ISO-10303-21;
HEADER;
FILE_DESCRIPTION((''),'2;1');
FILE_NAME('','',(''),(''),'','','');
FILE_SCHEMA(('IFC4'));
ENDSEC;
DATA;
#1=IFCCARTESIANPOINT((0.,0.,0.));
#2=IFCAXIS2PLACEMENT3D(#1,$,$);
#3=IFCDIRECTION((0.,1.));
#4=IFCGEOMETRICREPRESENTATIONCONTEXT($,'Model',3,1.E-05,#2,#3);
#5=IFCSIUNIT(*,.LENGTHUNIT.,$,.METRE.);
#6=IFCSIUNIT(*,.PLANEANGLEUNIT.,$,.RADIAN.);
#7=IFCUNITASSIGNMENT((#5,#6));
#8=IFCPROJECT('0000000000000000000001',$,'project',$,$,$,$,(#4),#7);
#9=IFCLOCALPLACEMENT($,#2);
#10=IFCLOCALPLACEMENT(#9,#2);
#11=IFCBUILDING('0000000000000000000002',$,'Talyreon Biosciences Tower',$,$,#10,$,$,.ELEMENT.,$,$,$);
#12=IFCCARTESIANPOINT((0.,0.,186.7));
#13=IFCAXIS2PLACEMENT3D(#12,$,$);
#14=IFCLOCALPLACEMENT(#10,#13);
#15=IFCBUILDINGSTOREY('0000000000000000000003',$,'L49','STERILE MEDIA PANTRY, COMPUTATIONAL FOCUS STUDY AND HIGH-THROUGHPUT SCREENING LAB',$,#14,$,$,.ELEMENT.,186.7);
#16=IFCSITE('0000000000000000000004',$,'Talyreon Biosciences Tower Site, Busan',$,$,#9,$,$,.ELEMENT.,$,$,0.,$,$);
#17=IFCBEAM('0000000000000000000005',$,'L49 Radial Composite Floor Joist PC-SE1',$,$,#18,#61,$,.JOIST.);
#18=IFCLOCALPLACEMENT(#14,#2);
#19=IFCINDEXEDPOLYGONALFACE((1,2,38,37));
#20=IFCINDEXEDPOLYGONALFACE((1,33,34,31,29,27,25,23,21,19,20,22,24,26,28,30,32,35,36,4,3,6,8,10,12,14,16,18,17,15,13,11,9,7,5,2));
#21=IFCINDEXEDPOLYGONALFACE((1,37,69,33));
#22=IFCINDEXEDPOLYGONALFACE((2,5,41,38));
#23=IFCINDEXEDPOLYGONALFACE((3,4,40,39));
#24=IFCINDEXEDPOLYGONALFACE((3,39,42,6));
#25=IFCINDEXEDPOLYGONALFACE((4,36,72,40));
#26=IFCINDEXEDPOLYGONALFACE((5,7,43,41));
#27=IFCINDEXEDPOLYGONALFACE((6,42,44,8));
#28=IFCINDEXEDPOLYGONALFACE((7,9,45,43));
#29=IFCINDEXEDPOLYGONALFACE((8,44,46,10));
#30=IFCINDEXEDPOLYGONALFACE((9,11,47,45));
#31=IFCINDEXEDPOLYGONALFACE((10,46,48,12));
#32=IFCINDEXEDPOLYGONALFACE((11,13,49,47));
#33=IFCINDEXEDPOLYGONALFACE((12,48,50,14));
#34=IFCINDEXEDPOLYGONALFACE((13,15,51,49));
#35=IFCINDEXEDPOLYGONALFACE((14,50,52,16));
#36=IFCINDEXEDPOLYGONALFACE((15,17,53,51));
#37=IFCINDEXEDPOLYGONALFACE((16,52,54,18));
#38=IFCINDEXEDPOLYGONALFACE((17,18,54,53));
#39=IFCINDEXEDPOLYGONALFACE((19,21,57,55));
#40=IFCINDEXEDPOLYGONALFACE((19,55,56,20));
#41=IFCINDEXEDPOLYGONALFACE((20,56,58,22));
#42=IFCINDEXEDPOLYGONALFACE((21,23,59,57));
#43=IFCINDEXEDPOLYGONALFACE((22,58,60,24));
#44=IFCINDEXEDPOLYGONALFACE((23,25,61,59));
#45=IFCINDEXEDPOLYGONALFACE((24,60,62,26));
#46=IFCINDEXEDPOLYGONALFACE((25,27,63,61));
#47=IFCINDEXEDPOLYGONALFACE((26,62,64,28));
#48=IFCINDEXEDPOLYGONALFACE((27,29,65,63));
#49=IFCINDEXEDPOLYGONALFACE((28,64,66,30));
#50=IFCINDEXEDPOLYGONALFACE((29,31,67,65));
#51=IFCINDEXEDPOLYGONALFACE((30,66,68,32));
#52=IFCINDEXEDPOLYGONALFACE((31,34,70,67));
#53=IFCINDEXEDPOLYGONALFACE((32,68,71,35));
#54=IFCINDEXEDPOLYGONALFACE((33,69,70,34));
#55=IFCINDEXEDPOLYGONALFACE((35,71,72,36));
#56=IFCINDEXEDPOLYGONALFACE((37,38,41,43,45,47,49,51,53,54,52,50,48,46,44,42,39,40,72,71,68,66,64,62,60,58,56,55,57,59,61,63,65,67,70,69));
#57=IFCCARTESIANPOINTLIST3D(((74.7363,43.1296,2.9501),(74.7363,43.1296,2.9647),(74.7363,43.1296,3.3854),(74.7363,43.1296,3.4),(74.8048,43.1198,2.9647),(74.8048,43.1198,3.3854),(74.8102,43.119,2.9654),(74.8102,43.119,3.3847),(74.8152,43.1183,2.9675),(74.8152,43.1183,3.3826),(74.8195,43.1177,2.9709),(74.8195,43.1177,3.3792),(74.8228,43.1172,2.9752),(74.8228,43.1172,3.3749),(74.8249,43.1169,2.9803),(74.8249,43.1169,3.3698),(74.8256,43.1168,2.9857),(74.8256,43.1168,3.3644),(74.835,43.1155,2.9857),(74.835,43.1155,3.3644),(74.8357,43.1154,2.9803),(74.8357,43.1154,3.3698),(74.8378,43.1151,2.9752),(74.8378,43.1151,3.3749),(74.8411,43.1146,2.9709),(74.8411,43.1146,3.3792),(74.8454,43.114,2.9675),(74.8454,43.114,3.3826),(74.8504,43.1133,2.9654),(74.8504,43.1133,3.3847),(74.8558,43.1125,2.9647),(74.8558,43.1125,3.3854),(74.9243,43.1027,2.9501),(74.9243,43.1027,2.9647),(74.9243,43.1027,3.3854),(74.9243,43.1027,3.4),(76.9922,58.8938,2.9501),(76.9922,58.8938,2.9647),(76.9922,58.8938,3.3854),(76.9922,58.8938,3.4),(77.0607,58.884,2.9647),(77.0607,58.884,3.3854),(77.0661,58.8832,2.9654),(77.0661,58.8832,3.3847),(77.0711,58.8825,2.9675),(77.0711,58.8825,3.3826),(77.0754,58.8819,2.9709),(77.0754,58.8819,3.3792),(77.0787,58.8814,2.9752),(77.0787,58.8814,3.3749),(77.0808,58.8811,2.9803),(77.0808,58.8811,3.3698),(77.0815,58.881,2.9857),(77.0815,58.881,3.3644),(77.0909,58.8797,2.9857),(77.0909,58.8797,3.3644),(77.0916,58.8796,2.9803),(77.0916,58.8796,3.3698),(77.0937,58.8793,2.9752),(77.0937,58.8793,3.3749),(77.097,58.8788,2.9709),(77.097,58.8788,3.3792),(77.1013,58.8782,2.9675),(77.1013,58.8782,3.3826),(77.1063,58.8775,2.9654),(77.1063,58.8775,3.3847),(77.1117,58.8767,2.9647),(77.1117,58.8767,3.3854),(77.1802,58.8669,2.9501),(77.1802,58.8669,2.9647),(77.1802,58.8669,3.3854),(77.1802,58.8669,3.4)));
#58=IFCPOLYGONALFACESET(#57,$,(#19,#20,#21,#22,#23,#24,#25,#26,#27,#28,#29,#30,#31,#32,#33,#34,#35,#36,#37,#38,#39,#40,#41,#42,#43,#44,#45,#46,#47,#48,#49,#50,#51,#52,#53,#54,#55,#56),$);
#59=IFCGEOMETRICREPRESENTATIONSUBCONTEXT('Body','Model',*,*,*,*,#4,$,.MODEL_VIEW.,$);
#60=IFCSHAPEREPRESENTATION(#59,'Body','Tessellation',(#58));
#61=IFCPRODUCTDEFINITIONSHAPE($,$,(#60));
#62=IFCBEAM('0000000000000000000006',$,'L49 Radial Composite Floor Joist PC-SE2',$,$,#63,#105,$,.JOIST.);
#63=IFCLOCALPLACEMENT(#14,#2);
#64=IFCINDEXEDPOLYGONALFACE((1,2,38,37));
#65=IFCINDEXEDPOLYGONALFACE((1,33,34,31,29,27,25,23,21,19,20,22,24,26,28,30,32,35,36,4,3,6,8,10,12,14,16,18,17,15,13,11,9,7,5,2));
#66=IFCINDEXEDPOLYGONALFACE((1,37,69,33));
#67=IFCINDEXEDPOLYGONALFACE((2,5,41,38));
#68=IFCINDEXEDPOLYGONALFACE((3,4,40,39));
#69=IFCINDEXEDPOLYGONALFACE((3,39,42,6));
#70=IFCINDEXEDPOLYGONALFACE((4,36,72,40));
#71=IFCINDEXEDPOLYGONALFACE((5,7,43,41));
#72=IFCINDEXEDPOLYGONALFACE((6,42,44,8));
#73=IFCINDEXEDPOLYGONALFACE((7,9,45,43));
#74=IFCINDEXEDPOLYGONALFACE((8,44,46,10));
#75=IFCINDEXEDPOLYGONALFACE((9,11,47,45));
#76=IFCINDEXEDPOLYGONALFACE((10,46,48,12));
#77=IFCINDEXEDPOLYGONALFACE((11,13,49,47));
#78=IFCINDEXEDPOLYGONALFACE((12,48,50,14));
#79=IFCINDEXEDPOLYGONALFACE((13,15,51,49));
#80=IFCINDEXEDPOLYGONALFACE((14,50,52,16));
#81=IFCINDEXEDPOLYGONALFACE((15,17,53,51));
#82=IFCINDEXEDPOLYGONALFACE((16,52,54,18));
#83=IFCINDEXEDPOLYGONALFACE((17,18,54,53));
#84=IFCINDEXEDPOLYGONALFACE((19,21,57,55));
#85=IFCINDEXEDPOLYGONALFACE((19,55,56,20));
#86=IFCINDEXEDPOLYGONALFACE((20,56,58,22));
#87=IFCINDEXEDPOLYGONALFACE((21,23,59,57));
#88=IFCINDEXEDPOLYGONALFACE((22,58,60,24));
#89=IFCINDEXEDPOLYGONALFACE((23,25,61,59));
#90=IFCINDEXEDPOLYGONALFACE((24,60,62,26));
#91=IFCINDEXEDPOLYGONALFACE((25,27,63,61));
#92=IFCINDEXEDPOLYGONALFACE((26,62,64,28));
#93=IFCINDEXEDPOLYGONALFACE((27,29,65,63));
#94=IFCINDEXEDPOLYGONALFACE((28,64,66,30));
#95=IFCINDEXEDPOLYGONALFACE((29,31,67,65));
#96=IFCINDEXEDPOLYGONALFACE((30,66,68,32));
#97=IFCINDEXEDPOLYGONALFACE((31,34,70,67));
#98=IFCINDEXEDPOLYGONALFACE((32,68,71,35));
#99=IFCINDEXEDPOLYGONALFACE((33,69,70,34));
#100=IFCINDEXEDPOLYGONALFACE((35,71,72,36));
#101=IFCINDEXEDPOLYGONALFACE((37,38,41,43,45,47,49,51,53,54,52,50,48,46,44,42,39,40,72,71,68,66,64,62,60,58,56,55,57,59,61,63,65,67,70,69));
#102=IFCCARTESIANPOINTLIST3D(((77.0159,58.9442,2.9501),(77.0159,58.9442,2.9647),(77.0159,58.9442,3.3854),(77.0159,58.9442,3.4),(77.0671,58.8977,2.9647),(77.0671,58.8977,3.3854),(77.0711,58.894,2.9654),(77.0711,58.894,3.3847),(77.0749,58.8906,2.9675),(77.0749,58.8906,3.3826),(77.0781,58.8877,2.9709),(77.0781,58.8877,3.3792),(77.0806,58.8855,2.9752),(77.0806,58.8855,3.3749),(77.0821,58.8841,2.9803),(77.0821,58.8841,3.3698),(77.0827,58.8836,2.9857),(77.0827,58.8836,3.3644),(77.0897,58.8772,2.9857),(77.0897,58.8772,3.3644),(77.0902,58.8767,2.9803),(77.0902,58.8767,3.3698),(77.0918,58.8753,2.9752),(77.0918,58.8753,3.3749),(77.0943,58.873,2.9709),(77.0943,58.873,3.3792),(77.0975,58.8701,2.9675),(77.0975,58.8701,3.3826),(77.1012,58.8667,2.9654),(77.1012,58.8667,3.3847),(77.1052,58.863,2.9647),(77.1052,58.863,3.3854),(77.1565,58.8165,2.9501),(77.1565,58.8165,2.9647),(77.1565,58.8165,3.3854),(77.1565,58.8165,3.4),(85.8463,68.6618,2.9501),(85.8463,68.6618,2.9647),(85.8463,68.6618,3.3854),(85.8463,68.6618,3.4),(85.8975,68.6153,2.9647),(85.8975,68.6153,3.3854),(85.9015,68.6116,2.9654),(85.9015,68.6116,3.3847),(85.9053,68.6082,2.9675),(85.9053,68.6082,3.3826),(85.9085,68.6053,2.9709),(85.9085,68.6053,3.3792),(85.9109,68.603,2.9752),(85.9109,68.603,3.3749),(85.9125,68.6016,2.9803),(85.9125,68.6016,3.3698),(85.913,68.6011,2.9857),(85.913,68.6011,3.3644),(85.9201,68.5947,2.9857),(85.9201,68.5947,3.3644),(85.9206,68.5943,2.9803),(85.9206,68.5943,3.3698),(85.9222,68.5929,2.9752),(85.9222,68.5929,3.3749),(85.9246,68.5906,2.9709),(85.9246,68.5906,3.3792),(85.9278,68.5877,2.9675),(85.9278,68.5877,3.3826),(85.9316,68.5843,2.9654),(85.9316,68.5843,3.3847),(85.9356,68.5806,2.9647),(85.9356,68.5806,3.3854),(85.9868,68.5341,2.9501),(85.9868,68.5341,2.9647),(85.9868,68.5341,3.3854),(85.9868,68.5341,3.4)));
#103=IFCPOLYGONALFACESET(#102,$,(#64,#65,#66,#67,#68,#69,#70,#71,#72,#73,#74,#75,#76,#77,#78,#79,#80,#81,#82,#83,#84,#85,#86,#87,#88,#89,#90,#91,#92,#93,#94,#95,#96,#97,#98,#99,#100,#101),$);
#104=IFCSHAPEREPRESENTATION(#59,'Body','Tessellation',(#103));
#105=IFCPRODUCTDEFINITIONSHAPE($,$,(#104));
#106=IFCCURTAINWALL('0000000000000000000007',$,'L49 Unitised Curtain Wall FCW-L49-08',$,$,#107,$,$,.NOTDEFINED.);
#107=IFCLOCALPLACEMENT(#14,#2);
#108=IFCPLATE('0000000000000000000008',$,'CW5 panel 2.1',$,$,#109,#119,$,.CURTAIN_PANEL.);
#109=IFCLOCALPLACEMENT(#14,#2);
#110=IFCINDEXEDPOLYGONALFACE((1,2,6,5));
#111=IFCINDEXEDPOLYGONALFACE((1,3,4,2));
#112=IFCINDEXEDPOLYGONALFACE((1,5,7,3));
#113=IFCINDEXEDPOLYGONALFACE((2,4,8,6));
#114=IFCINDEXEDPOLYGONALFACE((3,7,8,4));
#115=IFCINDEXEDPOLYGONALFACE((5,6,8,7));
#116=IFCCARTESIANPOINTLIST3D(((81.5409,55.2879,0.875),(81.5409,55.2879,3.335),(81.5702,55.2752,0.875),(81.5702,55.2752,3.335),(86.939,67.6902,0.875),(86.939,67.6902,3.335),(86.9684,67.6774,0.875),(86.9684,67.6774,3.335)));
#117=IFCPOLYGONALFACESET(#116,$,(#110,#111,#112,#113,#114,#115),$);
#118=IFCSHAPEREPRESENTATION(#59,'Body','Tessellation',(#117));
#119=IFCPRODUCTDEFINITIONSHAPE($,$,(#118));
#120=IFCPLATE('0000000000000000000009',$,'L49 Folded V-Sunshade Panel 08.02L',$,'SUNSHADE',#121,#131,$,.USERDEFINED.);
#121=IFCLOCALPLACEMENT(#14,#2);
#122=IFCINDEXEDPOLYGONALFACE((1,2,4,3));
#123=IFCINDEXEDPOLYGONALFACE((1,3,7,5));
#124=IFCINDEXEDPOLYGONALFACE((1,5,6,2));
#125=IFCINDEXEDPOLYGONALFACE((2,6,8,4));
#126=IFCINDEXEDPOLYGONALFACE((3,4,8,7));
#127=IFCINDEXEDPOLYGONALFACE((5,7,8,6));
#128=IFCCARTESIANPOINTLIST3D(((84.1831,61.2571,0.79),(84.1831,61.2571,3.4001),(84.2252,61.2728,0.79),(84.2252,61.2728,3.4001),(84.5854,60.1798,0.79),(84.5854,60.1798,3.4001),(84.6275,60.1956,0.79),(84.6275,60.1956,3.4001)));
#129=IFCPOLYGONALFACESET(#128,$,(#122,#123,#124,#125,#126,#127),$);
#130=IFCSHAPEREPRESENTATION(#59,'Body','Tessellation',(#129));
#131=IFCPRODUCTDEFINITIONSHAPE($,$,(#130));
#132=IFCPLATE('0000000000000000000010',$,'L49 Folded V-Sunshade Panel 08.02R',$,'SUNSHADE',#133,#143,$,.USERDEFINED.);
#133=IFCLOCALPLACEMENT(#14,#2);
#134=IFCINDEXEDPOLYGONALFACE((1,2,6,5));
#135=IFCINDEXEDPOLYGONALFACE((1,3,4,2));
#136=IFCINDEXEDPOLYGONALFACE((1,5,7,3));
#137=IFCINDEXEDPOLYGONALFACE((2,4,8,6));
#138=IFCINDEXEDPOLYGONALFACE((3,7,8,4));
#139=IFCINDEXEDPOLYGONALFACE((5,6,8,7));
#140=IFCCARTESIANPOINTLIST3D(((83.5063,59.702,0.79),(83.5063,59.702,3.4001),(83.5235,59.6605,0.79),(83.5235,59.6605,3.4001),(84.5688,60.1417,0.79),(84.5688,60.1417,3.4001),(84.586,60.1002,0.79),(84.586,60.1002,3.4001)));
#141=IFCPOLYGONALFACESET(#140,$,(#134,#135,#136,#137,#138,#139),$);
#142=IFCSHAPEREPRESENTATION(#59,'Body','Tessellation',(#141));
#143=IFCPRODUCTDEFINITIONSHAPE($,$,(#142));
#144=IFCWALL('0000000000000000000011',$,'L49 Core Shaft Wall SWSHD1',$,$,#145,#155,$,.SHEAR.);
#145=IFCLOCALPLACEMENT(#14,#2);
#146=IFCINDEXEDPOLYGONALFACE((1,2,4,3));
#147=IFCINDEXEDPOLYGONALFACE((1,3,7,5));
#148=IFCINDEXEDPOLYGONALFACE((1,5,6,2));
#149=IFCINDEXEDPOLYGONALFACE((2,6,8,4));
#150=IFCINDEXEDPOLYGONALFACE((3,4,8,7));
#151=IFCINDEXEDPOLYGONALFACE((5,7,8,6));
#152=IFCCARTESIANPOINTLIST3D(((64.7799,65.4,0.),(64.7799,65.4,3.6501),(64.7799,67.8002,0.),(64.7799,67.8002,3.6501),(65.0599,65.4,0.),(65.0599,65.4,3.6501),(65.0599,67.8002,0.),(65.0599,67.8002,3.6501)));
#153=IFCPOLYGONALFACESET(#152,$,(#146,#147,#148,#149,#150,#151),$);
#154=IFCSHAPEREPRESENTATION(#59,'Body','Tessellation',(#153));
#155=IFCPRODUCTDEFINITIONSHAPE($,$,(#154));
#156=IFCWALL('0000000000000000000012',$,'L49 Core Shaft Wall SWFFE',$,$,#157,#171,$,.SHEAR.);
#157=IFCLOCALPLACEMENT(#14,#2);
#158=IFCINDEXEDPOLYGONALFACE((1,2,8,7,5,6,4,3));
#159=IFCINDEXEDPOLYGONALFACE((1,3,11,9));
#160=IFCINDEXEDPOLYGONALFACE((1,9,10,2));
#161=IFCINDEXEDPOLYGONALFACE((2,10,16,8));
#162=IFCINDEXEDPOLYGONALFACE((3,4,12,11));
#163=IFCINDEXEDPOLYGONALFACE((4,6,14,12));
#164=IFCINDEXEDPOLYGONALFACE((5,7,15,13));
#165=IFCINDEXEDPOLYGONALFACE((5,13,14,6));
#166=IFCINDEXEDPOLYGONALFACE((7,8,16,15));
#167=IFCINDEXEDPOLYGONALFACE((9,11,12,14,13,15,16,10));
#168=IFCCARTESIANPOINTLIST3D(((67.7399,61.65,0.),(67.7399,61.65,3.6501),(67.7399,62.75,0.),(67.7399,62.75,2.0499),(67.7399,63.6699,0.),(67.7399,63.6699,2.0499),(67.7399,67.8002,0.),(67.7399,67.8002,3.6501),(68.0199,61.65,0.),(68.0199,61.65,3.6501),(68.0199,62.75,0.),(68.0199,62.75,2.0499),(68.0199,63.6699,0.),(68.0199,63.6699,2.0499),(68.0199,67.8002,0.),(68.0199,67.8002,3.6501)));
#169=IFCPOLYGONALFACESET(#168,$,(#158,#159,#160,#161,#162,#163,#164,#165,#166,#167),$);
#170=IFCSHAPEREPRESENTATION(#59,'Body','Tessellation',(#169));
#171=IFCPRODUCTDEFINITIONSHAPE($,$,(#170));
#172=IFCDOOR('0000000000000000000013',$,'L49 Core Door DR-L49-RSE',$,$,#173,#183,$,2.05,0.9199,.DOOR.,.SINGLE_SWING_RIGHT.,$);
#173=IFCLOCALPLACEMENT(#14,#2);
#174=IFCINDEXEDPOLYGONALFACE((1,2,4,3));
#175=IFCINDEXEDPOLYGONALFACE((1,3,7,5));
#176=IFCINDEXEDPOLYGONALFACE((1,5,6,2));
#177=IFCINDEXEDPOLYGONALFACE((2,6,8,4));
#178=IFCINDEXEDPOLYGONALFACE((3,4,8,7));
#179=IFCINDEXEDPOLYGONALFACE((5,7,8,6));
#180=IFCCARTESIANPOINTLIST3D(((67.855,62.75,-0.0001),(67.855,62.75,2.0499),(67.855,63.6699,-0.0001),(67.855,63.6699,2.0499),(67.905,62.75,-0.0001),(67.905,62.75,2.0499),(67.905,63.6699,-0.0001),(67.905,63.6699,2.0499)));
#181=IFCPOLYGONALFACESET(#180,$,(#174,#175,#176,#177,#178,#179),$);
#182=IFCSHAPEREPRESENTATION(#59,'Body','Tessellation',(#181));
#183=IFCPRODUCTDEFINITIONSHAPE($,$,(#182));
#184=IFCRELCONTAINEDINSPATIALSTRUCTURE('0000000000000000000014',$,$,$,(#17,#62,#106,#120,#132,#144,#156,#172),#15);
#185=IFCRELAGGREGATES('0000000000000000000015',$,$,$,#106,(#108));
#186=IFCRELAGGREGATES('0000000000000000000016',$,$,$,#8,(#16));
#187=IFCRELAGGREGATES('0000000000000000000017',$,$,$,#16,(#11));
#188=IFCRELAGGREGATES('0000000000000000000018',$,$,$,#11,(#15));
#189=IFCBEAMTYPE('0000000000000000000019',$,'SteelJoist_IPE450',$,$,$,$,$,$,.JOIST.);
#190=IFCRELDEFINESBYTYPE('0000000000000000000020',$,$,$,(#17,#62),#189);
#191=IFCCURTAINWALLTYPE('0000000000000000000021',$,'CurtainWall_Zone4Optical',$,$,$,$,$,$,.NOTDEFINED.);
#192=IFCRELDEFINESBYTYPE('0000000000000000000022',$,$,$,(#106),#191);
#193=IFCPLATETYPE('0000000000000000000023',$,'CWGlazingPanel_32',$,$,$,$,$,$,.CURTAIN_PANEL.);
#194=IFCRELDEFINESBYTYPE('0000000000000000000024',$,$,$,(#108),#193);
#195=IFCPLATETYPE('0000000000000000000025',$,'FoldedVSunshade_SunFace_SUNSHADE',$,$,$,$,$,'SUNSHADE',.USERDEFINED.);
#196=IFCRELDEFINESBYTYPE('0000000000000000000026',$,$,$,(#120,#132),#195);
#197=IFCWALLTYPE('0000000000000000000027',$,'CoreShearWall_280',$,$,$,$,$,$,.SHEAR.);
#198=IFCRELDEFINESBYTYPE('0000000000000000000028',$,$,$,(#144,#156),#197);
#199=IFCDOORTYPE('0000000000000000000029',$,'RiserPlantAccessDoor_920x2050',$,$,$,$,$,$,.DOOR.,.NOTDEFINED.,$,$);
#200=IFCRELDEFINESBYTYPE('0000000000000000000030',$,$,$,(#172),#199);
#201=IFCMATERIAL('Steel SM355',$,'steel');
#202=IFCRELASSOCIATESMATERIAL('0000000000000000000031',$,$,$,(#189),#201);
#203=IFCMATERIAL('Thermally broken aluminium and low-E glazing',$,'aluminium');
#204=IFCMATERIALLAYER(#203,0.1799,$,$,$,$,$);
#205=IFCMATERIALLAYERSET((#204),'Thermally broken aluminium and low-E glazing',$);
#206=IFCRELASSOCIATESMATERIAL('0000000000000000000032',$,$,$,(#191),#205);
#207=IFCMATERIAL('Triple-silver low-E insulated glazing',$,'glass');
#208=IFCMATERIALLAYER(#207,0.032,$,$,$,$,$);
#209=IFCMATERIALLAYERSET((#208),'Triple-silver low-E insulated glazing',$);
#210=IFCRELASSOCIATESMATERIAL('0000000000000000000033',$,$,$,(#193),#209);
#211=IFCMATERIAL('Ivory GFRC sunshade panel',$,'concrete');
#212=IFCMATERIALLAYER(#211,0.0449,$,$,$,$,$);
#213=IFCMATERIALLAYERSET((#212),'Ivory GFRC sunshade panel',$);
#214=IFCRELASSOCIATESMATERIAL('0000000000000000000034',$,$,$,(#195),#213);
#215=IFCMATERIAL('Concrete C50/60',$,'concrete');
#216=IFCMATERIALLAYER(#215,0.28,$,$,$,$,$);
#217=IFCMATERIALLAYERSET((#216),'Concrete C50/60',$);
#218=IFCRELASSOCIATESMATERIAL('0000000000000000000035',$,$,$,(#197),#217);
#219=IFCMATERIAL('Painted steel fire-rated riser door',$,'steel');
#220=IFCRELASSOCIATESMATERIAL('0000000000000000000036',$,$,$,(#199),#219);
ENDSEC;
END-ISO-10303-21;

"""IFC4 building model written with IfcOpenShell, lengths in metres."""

from ifc_helpers import new_model, si_unit, direction, frame, frame_2d, origin, origin_2d, place, context, subcontext, project, spatial, rectangle, i_section, extrude, material, layer, layer_set, material_profile, profile_set, type_object, element, fill, aggregate, save


model = new_model("IFC4")

# Units and contexts
model_context = context("Model", 3, precision=1e-05, world=origin(), true_north=direction((0.0, 1.0)))
body_context = subcontext(model_context, "Body", "Model", "MODEL_VIEW")
ifc_project = project(units=[si_unit("LENGTHUNIT", "METRE"), si_unit("PLANEANGLEUNIT", "RADIAN")], contexts=[model_context])

# Site, building, storey
site_placement = place(None, origin())
site = spatial("IfcSite", under=ifc_project, at=site_placement, Name="Talyreon Biosciences Tower Site, Busan", CompositionType="ELEMENT", RefElevation=0.0)
building_placement = place(site_placement, origin())
building = spatial("IfcBuilding", under=site, at=building_placement, Name="Talyreon Biosciences Tower", CompositionType="ELEMENT")
storey_placement = place(building_placement, frame((0.0, 0.0, 186.7)))
storey = spatial("IfcBuildingStorey", under=building, at=storey_placement, Name="L49", Description="STERILE MEDIA PANTRY, COMPUTATIONAL FOCUS STUDY AND HIGH-THROUGHPUT SCREENING LAB", CompositionType="ELEMENT", Elevation=186.7)

# Shared definitions
ifc_material_1 = material(Name="Concrete C50/60", Category="concrete")

# Beams
ifc_material_2 = material(Name="Steel SM355", Category="steel")
ifc_material_profile_1 = material_profile(ifc_material_2, i_section(OverallWidth=0.1899, OverallDepth=0.45, WebThickness=0.0095, FlangeThickness=0.0146, FilletRadius=0.021, at=origin_2d()), Name="IPE450")
ifc_profile_set_1 = profile_set([ifc_material_profile_1], Name="Steel SM355")
beam_type_1 = type_object("IfcBeamType", Name="SteelJoist_IPE450", PredefinedType="JOIST", material=ifc_profile_set_1)
beam_1_placement = place(storey_placement, frame((77.0862, 58.8804, 3.175), z_axis=(-0.141657, -0.989916, 0.0), x_axis=(0.989916, -0.141657, 0.0)))
element("IfcBeam", 1, at=beam_1_placement, inside=storey, type_object=beam_type_1, Name="L49 Radial Composite Floor Joist PC-SE1", PredefinedType="JOIST", context=body_context, shape_type="SweptSolid", body=[
    extrude(i_section(OverallWidth=0.1899, OverallDepth=0.45, WebThickness=0.0095, FlangeThickness=0.0146, FilletRadius=0.021, at=origin_2d()), origin(), (0.0, 0.0, 1.0), 15.9248),
])
beam_2_placement = place(storey_placement, frame((77.0862, 58.8804, 3.175), z_axis=(0.672515, 0.740084, 0.0), x_axis=(-0.740084, 0.672515, 0.0)))
element("IfcBeam", 2, at=beam_2_placement, inside=storey, type_object=beam_type_1, Name="L49 Radial Composite Floor Joist PC-SE2", PredefinedType="JOIST", context=body_context, shape_type="SweptSolid", body=[
    extrude(i_section(OverallWidth=0.1899, OverallDepth=0.45, WebThickness=0.0095, FlangeThickness=0.0146, FilletRadius=0.021, at=origin_2d()), origin(), (0.0, 0.0, 1.0), 13.1304),
])

# Curtain wall, plate
ifc_material_3 = material(Name="Thermally broken aluminium and low-E glazing", Category="aluminium")
ifc_layer_1 = layer(ifc_material_3, 0.1799)
ifc_layer_set_1 = layer_set([ifc_layer_1], Name="Thermally broken aluminium and low-E glazing")
curtain_wall_type = type_object("IfcCurtainWallType", Name="CurtainWall_Zone4Optical", PredefinedType="NOTDEFINED", material=ifc_layer_set_1)
curtain_wall_placement = place(storey_placement, origin())
curtain_wall = element("IfcCurtainWall", 3, at=curtain_wall_placement, inside=storey, type_object=curtain_wall_type, Name="L49 Unitised Curtain Wall FCW-L49-08", PredefinedType="NOTDEFINED")
ifc_material_4 = material(Name="Triple-silver low-E insulated glazing", Category="glass")
ifc_layer_2 = layer(ifc_material_4, 0.032)
ifc_layer_set_2 = layer_set([ifc_layer_2], Name="Triple-silver low-E insulated glazing")
plate_type_1 = type_object("IfcPlateType", Name="CWGlazingPanel_32", PredefinedType="CURTAIN_PANEL", material=ifc_layer_set_2)
plate_placement = place(storey_placement, frame((84.2546, 61.4827, 0.875), z_axis=(0.0, 0.0, 1.0), x_axis=(-0.399089, -0.916912, 0.0)))
plate = element("IfcPlate", 4, at=plate_placement, type_object=plate_type_1, Name="CW5 panel 2.1", PredefinedType="CURTAIN_PANEL", context=body_context, shape_type="SweptSolid", body=[
    extrude(rectangle(XDim=13.5261, YDim=0.032, at=origin_2d()), origin(), (0.0, 0.0, 1.0), 2.46),
])
aggregate(curtain_wall, [plate])

# Plates
ifc_material_5 = material(Name="Ivory GFRC sunshade panel", Category="concrete")
ifc_layer_3 = layer(ifc_material_5, 0.0449)
ifc_layer_set_3 = layer_set([ifc_layer_3], Name="Ivory GFRC sunshade panel")
plate_type_2 = type_object("IfcPlateType", Name="FoldedVSunshade_SunFace_SUNSHADE", ElementType="SUNSHADE", PredefinedType="USERDEFINED", material=ifc_layer_set_3)
for number, where, z_axis, x_axis, name in (
    (5, (84.4053, 60.7263, 0.79), (0.0, 0.0, 1.0), (0.349864, -0.9368, 0.0), "L49 Folded V-Sunshade Panel 08.02L"),
    (6, (84.0461, 59.9011, 0.79), (0.0, 0.0, 1.0), (-0.92402, -0.382345, 0.0), "L49 Folded V-Sunshade Panel 08.02R"),
):
    element("IfcPlate", number, at=place(storey_placement, frame(where, z_axis=z_axis, x_axis=x_axis)), inside=storey, type_object=plate_type_2, Name=name, ObjectType="SUNSHADE", PredefinedType="USERDEFINED", context=body_context, shape_type="SweptSolid", body=[
        extrude(rectangle(XDim=1.1499, YDim=0.0449, at=origin_2d()), origin(), (0.0, 0.0, 1.0), 2.6101),
    ])

# Wall
ifc_layer_4 = layer(ifc_material_1, 0.28)
ifc_layer_set_4 = layer_set([ifc_layer_4], Name="Concrete C50/60")
wall_type_1 = type_object("IfcWallType", Name="CoreShearWall_280", PredefinedType="SHEAR", material=ifc_layer_set_4)
wall_1_placement = place(storey_placement, frame((64.9199, 65.3999, 0.0), z_axis=(0.0, 0.0, 1.0), x_axis=(0.0, 1.0, 0.0)))
element("IfcWall", 7, at=wall_1_placement, inside=storey, type_object=wall_type_1, Name="L49 Core Shaft Wall SWSHD1", PredefinedType="SHEAR", context=body_context, shape_type="SweptSolid", body=[
    extrude(rectangle(XDim=2.4001, YDim=0.28, at=frame_2d((1.2002, 0.0))), origin(), (0.0, 0.0, 1.0), 3.6501),
])

# Wall, opening, door
wall_2_placement = place(storey_placement, frame((67.8799, 61.6499, 0.0), z_axis=(0.0, 0.0, 1.0), x_axis=(0.0, 1.0, 0.0)))
wall_2 = element("IfcWall", 8, at=wall_2_placement, inside=storey, type_object=wall_type_1, Name="L49 Core Shaft Wall SWFFE", PredefinedType="SHEAR", context=body_context, shape_type="SweptSolid", body=[
    extrude(rectangle(XDim=6.1501, YDim=0.28, at=frame_2d((3.0752, 0.0))), origin(), (0.0, 0.0, 1.0), 3.6501),
])
opening_1_placement = place(wall_2_placement, frame((1.1001, 0.0, 0.0)))
opening_1 = element("IfcOpeningElement", 9, at=opening_1_placement, cuts=wall_2, PredefinedType="OPENING", context=body_context, shape_type="SweptSolid", body=[
    extrude(rectangle(XDim=0.9199, YDim=2.05, at=frame_2d((0.46, 1.0249))), frame((0.0, 0.1499, 0.0), z_axis=(0.0, -1.0, 0.0), x_axis=(1.0, 0.0, 0.0)), (0.0, 0.0, 1.0), 0.3),
])
ifc_material_6 = material(Name="Painted steel fire-rated riser door", Category="steel")
door_type_1 = type_object("IfcDoorType", Name="RiserPlantAccessDoor_920x2050", OperationType="NOTDEFINED", PredefinedType="DOOR", material=ifc_material_6)
door_1_placement = place(opening_1_placement, origin())
door_1 = element("IfcDoor", 10, at=door_1_placement, inside=storey, type_object=door_type_1, Name="L49 Core Door DR-L49-RSE", OperationType="SINGLE_SWING_RIGHT", OverallHeight=2.05, OverallWidth=0.9199, PredefinedType="DOOR", context=body_context, shape_type="SweptSolid", body=[
    extrude(rectangle(XDim=0.9199, YDim=2.05, at=frame_2d((0.46, 1.0249))), frame((0.0, 0.0249, 0.0), z_axis=(0.0, -1.0, 0.0), x_axis=(1.0, 0.0, 0.0)), (0.0, 0.0, 1.0), 0.05),
])
fill(opening_1, door_1)

save(model, "model.ifc")
